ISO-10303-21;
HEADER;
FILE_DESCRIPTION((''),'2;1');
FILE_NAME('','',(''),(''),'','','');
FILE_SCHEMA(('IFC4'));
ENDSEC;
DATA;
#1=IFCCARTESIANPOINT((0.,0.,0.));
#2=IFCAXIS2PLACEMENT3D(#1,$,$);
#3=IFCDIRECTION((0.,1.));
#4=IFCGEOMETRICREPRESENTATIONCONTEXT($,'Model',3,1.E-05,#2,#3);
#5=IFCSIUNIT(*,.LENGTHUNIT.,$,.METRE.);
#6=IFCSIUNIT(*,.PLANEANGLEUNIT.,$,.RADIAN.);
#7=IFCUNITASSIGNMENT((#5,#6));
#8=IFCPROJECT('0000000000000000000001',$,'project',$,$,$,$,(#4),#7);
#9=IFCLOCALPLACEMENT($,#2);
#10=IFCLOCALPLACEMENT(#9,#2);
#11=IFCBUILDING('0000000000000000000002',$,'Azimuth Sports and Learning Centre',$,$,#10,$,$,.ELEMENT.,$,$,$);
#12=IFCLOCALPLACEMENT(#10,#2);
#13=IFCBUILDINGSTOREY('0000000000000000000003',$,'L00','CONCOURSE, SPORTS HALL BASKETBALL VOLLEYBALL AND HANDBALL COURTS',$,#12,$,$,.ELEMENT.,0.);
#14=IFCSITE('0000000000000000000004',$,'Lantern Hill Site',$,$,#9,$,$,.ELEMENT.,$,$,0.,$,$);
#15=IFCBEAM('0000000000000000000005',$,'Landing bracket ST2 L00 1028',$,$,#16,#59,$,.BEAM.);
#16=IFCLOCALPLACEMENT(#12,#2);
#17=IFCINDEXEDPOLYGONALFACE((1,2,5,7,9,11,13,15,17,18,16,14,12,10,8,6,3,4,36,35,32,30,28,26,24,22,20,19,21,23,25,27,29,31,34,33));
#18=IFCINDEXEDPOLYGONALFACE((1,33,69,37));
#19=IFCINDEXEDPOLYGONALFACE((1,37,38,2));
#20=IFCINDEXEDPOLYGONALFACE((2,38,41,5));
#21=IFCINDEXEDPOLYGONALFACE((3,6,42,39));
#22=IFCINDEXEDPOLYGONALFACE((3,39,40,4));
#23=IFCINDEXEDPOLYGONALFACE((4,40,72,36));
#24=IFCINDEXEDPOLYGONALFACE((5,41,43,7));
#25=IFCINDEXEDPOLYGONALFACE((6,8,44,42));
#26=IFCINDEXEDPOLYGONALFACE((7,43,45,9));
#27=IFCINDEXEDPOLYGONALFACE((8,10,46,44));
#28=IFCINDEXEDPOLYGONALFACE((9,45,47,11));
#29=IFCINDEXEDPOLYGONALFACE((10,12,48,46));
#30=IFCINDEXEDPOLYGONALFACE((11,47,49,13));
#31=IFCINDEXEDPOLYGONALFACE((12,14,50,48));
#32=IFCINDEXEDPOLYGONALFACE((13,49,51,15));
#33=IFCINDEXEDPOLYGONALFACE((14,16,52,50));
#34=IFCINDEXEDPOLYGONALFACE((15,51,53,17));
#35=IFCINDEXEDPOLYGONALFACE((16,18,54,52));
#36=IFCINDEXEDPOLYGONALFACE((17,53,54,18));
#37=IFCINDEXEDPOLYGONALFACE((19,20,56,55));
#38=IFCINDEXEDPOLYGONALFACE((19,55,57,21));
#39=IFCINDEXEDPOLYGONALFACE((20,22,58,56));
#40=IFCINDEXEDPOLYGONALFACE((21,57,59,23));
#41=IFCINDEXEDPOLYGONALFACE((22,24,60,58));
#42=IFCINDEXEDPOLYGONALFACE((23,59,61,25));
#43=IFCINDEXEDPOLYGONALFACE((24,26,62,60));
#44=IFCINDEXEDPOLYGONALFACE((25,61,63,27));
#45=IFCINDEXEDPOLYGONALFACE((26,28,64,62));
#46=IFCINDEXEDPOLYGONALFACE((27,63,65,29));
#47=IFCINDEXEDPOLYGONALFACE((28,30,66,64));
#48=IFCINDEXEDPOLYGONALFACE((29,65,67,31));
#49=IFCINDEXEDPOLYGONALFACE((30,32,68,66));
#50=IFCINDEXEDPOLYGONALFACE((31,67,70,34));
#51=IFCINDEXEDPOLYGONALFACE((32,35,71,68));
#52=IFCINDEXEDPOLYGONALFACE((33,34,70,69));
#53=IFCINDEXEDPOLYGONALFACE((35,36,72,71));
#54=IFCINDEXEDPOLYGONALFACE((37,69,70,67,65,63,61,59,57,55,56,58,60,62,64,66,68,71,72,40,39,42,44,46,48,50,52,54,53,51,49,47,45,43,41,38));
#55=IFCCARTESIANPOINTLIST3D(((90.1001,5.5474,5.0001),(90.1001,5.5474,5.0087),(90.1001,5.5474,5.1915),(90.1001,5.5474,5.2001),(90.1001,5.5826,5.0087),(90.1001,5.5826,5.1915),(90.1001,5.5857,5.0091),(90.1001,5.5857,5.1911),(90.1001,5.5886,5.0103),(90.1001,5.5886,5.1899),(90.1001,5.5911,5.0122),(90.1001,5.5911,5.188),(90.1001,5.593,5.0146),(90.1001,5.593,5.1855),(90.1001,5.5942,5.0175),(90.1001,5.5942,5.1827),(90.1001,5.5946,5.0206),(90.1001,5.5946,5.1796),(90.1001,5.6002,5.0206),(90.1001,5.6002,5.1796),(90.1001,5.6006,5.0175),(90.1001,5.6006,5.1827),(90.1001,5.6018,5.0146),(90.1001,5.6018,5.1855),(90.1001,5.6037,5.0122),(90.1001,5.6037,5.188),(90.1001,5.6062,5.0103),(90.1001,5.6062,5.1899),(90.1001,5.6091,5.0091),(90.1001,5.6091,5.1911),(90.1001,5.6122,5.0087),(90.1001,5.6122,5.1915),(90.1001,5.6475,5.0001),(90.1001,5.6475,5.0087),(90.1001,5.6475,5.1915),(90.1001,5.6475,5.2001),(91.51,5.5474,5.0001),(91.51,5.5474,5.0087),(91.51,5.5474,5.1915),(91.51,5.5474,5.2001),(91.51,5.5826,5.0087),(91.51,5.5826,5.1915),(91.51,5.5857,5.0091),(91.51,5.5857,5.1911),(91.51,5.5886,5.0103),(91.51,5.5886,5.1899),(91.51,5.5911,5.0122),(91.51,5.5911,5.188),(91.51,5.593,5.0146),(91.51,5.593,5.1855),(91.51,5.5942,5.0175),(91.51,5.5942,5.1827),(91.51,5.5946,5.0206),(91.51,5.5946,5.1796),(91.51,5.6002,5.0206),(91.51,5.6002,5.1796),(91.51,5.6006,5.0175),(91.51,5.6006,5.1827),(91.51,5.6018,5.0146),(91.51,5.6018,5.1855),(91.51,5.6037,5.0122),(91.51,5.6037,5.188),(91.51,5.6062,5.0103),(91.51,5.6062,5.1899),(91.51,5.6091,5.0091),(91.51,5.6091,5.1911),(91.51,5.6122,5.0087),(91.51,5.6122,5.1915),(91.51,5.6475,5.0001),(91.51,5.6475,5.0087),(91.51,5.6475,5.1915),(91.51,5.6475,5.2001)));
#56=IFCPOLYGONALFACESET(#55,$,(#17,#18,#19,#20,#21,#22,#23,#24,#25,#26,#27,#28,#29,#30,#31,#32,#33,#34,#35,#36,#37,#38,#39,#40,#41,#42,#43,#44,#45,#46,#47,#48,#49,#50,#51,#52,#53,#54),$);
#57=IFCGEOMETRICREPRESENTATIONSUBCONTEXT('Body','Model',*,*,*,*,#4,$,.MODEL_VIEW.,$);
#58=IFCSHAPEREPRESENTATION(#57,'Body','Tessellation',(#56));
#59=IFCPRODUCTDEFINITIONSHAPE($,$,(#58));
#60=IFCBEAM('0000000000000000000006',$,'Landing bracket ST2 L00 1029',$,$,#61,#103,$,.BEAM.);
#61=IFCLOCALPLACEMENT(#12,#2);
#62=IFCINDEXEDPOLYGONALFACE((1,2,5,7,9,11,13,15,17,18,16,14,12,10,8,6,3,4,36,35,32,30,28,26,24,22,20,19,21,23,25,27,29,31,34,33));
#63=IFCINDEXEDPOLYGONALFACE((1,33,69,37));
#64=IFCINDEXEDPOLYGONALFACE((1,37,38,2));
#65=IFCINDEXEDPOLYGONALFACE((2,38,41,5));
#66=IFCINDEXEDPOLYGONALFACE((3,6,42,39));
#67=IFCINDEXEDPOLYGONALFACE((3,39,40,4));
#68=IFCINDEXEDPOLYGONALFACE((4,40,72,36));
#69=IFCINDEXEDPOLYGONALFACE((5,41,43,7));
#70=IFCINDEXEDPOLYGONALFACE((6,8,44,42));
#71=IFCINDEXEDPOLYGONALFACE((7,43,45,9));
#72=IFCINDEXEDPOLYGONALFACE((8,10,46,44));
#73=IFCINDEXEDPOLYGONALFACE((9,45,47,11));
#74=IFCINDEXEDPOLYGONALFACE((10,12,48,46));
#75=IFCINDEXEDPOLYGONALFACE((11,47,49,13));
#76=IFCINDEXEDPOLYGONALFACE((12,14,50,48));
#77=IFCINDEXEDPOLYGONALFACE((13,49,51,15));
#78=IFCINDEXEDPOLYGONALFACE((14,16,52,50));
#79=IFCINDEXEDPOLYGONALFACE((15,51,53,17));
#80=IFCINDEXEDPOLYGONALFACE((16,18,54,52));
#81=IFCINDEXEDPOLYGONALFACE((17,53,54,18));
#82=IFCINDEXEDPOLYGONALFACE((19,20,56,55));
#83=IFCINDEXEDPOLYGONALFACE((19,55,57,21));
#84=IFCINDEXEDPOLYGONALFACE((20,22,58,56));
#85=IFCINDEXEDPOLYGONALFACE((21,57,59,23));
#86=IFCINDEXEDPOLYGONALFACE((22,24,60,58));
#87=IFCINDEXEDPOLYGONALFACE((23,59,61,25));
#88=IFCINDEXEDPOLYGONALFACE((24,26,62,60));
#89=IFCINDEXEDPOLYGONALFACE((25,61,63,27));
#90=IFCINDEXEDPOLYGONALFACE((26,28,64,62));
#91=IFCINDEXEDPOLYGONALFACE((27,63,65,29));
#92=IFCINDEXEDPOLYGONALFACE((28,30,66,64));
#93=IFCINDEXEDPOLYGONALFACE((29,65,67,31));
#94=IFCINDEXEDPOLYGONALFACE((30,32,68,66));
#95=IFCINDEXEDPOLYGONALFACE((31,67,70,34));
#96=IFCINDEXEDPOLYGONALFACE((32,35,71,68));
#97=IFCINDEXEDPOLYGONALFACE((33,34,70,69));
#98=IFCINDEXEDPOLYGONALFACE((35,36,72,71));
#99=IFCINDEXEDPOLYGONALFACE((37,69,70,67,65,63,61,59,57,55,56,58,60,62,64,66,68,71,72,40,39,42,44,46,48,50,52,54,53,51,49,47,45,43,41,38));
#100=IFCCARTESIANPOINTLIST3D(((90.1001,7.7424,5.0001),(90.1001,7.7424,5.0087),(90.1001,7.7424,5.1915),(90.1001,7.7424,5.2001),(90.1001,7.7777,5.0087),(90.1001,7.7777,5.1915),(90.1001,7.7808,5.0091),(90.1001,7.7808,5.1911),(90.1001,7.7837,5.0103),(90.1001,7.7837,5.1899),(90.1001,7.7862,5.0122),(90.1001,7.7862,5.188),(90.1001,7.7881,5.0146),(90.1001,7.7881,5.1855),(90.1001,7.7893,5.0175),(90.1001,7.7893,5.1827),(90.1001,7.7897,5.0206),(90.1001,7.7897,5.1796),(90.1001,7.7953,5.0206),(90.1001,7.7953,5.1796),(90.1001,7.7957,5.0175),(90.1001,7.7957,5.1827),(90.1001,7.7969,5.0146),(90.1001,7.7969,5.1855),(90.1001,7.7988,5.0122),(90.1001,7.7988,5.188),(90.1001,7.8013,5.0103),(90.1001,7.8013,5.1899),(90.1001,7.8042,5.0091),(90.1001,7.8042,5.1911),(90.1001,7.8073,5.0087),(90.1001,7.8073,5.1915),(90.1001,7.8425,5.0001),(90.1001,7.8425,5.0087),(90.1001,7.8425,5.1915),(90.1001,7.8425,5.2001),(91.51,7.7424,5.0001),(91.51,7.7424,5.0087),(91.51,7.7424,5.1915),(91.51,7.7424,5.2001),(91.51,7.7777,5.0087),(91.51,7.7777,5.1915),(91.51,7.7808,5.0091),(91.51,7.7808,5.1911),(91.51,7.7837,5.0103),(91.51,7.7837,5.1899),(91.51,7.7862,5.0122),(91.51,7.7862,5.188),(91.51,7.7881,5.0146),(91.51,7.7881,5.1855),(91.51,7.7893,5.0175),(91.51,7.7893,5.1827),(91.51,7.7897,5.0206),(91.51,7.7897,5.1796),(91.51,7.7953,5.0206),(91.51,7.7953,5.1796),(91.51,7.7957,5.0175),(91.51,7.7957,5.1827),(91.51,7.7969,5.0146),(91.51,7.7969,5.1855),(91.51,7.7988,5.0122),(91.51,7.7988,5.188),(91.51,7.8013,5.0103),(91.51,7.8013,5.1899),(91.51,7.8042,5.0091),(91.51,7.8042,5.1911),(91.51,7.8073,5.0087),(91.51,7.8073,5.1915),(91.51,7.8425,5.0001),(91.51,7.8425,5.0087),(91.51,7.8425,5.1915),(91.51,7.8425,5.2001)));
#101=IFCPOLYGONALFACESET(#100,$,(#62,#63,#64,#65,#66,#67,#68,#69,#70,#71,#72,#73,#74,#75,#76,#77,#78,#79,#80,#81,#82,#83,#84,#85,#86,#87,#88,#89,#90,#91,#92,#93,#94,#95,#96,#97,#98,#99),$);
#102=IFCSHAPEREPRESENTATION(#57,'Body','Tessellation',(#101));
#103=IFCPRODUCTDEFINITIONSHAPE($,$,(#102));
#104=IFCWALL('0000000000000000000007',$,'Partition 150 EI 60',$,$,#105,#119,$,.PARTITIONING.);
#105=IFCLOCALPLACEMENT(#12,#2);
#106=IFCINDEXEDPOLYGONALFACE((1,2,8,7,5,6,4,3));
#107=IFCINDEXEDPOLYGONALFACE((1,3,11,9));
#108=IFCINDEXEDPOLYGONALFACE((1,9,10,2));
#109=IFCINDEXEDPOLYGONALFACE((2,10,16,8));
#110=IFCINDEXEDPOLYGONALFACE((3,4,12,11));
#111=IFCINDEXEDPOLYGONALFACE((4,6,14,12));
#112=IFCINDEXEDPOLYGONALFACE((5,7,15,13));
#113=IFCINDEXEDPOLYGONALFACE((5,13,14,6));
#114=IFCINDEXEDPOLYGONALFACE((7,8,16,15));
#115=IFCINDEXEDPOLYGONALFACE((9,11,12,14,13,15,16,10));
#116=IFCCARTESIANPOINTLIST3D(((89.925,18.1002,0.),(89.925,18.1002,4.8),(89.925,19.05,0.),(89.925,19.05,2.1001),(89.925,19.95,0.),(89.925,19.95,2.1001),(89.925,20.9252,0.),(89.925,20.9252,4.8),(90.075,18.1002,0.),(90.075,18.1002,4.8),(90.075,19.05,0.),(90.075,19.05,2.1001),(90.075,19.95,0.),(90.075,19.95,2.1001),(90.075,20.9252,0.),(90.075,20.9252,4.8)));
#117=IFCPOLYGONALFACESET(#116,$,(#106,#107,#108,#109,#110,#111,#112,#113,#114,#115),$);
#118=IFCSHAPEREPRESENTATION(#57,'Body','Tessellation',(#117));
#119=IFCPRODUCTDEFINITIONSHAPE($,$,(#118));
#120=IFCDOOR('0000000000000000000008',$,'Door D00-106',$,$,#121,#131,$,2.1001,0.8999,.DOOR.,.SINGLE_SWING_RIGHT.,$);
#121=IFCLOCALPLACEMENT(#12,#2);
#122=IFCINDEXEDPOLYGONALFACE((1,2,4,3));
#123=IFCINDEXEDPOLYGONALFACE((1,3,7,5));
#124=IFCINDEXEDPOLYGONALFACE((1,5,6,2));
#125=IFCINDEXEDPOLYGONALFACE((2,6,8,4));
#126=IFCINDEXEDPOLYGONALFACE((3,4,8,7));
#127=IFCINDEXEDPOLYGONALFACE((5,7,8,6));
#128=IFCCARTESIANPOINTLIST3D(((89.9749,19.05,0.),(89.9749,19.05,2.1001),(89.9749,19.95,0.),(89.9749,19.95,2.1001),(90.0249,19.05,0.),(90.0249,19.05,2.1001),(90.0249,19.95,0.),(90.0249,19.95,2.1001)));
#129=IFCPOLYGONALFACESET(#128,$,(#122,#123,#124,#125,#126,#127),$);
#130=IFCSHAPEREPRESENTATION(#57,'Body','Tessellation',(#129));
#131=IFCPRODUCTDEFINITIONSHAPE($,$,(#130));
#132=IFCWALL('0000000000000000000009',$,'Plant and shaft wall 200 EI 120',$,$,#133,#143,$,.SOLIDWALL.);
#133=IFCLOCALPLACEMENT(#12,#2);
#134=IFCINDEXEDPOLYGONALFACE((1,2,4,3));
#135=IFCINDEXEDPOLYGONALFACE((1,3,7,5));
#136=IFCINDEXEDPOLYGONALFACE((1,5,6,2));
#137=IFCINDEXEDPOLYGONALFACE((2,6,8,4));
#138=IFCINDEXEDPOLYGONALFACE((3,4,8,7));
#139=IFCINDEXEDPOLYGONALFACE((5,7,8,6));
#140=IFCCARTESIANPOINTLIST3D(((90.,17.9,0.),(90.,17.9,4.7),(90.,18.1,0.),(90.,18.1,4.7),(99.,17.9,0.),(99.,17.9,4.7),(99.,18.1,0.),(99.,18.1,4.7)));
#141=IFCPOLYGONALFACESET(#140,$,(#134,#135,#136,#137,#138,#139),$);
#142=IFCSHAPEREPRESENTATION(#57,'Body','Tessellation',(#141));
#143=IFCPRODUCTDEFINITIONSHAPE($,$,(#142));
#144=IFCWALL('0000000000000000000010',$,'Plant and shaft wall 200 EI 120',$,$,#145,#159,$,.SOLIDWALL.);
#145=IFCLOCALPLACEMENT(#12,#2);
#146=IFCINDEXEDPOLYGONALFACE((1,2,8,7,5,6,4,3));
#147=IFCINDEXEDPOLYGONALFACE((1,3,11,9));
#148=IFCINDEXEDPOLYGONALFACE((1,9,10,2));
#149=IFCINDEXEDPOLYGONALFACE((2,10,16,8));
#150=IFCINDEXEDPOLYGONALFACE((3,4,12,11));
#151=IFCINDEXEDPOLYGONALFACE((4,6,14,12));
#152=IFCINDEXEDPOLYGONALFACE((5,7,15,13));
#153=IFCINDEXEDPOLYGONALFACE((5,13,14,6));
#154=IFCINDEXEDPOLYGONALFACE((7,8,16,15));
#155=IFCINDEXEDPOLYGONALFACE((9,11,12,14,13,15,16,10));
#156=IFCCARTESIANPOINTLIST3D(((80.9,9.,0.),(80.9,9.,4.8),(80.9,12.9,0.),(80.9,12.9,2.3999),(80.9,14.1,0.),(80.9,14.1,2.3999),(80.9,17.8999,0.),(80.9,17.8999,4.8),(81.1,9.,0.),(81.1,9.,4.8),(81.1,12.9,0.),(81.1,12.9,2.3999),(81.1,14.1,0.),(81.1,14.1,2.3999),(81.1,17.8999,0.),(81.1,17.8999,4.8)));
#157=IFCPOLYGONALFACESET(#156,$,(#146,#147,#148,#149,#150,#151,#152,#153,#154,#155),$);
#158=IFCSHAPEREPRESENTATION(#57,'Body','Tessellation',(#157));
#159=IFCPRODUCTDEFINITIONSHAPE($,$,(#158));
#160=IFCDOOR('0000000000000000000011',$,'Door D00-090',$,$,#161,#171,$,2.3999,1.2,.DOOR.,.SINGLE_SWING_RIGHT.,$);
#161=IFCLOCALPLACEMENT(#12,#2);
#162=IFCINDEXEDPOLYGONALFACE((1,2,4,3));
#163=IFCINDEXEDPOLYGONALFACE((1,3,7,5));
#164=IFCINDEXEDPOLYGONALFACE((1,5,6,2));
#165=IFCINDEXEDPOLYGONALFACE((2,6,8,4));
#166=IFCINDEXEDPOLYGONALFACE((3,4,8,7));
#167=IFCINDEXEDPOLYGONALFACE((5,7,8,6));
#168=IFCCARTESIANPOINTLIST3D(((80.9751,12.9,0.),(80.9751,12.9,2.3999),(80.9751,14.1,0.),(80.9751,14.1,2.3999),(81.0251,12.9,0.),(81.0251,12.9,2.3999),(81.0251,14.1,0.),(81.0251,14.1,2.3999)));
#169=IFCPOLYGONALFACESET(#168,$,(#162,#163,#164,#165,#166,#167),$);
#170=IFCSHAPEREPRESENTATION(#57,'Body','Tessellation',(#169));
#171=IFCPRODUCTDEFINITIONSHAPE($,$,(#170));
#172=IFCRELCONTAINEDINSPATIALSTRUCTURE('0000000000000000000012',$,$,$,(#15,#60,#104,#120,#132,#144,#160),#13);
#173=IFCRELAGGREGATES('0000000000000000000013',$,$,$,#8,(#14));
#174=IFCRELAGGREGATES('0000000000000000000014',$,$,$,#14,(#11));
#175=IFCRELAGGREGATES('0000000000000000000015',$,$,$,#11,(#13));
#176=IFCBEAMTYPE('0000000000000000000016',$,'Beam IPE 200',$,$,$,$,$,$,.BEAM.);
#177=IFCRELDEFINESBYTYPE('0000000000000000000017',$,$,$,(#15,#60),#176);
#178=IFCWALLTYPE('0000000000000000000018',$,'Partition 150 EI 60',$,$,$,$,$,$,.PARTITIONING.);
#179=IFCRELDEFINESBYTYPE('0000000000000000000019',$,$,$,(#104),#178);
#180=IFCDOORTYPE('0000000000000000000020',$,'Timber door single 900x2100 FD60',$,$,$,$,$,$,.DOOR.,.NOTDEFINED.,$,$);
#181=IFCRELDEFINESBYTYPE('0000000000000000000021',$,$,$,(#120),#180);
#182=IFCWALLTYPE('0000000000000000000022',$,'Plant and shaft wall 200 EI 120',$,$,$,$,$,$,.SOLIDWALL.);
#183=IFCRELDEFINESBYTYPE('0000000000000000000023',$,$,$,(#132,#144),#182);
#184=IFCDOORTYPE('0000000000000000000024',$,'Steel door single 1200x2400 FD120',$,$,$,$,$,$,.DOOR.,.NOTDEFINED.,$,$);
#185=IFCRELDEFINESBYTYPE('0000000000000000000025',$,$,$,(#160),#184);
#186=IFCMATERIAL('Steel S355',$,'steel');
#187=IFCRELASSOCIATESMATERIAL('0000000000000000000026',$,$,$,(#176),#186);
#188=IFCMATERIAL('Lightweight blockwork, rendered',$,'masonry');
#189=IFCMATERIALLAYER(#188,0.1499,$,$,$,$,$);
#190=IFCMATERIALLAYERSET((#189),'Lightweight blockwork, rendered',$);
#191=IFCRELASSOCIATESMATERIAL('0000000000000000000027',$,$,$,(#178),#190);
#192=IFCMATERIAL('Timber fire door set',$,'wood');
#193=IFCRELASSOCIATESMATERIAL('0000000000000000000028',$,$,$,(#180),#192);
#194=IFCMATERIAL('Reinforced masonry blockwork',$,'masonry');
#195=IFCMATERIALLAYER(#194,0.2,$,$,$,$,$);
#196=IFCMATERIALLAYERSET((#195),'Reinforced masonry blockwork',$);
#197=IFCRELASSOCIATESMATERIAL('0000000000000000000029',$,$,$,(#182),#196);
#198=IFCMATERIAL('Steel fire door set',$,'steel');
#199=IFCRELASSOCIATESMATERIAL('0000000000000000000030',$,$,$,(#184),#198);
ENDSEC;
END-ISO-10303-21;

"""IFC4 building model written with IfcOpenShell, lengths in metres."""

from ifc_helpers import new_model, si_unit, direction, frame, frame_2d, origin, origin_2d, place, context, subcontext, project, spatial, rectangle, i_section, extrude, material, layer, layer_set, material_profile, profile_set, type_object, element, fill, save


model = new_model("IFC4")

# Units and contexts
model_context = context("Model", 3, precision=1e-05, world=origin(), true_north=direction((0.0, 1.0)))
body_context = subcontext(model_context, "Body", "Model", "MODEL_VIEW")
ifc_project = project(units=[si_unit("LENGTHUNIT", "METRE"), si_unit("PLANEANGLEUNIT", "RADIAN")], contexts=[model_context])

# Site, building, storey
site_placement = place(None, origin())
site = spatial("IfcSite", under=ifc_project, at=site_placement, Name="Lantern Hill Site", CompositionType="ELEMENT", RefElevation=0.0)
building_placement = place(site_placement, origin())
building = spatial("IfcBuilding", under=site, at=building_placement, Name="Azimuth Sports and Learning Centre", CompositionType="ELEMENT")
storey_placement = place(building_placement, origin())
storey = spatial("IfcBuildingStorey", under=building, at=storey_placement, Name="L00", Description="CONCOURSE, SPORTS HALL BASKETBALL VOLLEYBALL AND HANDBALL COURTS", CompositionType="ELEMENT", Elevation=0.0)

# Beams
ifc_material_1 = material(Name="Steel S355", Category="steel")
ifc_material_profile_1 = material_profile(ifc_material_1, i_section(OverallWidth=0.1001, OverallDepth=0.2, WebThickness=0.0056, FlangeThickness=0.0085, FilletRadius=0.012, at=origin_2d()), Name="IPE 200")
ifc_profile_set_1 = profile_set([ifc_material_profile_1], Name="Steel S355")
beam_type = type_object("IfcBeamType", Name="Beam IPE 200", PredefinedType="BEAM", material=ifc_profile_set_1)
for number, where, z_axis, x_axis, name in (
    (1, (90.1001, 5.5974, 5.1001), (1.0, 0.0, 0.0), (0.0, 1.0, 0.0), "Landing bracket ST2 L00 1028"),
    (2, (90.1001, 7.7925, 5.1001), (1.0, 0.0, 0.0), (0.0, 1.0, 0.0), "Landing bracket ST2 L00 1029"),
):
    element("IfcBeam", number, at=place(storey_placement, frame(where, z_axis=z_axis, x_axis=x_axis)), inside=storey, type_object=beam_type, Name=name, PredefinedType="BEAM", context=body_context, shape_type="SweptSolid", body=[
        extrude(i_section(OverallWidth=0.1001, OverallDepth=0.2, WebThickness=0.0056, FlangeThickness=0.0085, FilletRadius=0.012, at=origin_2d()), origin(), (0.0, 0.0, 1.0), 1.4099),
    ])

# Wall, opening, door
ifc_material_2 = material(Name="Lightweight blockwork, rendered", Category="masonry")
ifc_layer_1 = layer(ifc_material_2, 0.1499)
ifc_layer_set_1 = layer_set([ifc_layer_1], Name="Lightweight blockwork, rendered")
wall_type_1 = type_object("IfcWallType", Name="Partition 150 EI 60", PredefinedType="PARTITIONING", material=ifc_layer_set_1)
wall_1_placement = place(storey_placement, frame((90.0, 18.1001, 0.0), z_axis=(0.0, 0.0, 1.0), x_axis=(0.0, 1.0, 0.0)))
wall_1 = element("IfcWall", 3, at=wall_1_placement, inside=storey, type_object=wall_type_1, Name="Partition 150 EI 60", PredefinedType="PARTITIONING", context=body_context, shape_type="SweptSolid", body=[
    extrude(rectangle(XDim=2.825, YDim=0.1499, at=frame_2d((1.4126, 0.0))), origin(), (0.0, 0.0, 1.0), 4.8),
])
opening_1_placement = place(wall_1_placement, frame((0.95, 0.0, 0.0)))
opening_1 = element("IfcOpeningElement", 4, at=opening_1_placement, cuts=wall_1, PredefinedType="OPENING", context=body_context, shape_type="SweptSolid", body=[
    extrude(rectangle(XDim=0.8999, YDim=2.1001, at=frame_2d((0.45, 1.05))), frame((0.0, 0.0859, 0.0), z_axis=(0.0, -1.0, 0.0), x_axis=(1.0, 0.0, 0.0)), (0.0, 0.0, 1.0), 0.1719),
])
ifc_material_3 = material(Name="Timber fire door set", Category="wood")
door_type_1 = type_object("IfcDoorType", Name="Timber door single 900x2100 FD60", OperationType="NOTDEFINED", PredefinedType="DOOR", material=ifc_material_3)
door_1_placement = place(opening_1_placement, frame((0.8999, 0.0, 0.0), z_axis=(0.0, 0.0, 1.0), x_axis=(-1.0, 0.0, 0.0)))
door_1 = element("IfcDoor", 5, at=door_1_placement, inside=storey, type_object=door_type_1, Name="Door D00-106", OperationType="SINGLE_SWING_RIGHT", OverallHeight=2.1001, OverallWidth=0.8999, PredefinedType="DOOR", context=body_context, shape_type="SweptSolid", body=[
    extrude(rectangle(XDim=0.8999, YDim=2.1001, at=frame_2d((0.45, 1.05))), frame((0.0, 0.0249, 0.0), z_axis=(0.0, -1.0, 0.0), x_axis=(1.0, 0.0, 0.0)), (0.0, 0.0, 1.0), 0.05),
])
fill(opening_1, door_1)

# Wall
ifc_material_4 = material(Name="Reinforced masonry blockwork", Category="masonry")
ifc_layer_2 = layer(ifc_material_4, 0.2)
ifc_layer_set_2 = layer_set([ifc_layer_2], Name="Reinforced masonry blockwork")
wall_type_2 = type_object("IfcWallType", Name="Plant and shaft wall 200 EI 120", PredefinedType="SOLIDWALL", material=ifc_layer_set_2)
wall_2_placement = place(storey_placement, frame((90.0, 18.0, 0.0), z_axis=(0.0, 0.0, 1.0), x_axis=(1.0, 0.0, 0.0)))
element("IfcWall", 6, at=wall_2_placement, inside=storey, type_object=wall_type_2, Name="Plant and shaft wall 200 EI 120", PredefinedType="SOLIDWALL", context=body_context, shape_type="SweptSolid", body=[
    extrude(rectangle(XDim=9.0, YDim=0.2, at=frame_2d((4.5, 0.0))), origin(), (0.0, 0.0, 1.0), 4.7),
])

# Wall, opening, door
wall_3_placement = place(storey_placement, frame((81.0, 9.0, 0.0), z_axis=(0.0, 0.0, 1.0), x_axis=(0.0, 1.0, 0.0)))
wall_3 = element("IfcWall", 7, at=wall_3_placement, inside=storey, type_object=wall_type_2, Name="Plant and shaft wall 200 EI 120", PredefinedType="SOLIDWALL", context=body_context, shape_type="SweptSolid", body=[
    extrude(rectangle(XDim=8.8999, YDim=0.2, at=frame_2d((4.45, 0.0))), origin(), (0.0, 0.0, 1.0), 4.8),
])
opening_2_placement = place(wall_3_placement, frame((3.8999, 0.0, 0.0)))
opening_2 = element("IfcOpeningElement", 8, at=opening_2_placement, cuts=wall_3, PredefinedType="OPENING", context=body_context, shape_type="SweptSolid", body=[
    extrude(rectangle(XDim=1.2, YDim=2.3999, at=frame_2d((0.6001, 1.2))), frame((0.0, 0.1108, 0.0), z_axis=(0.0, -1.0, 0.0), x_axis=(1.0, 0.0, 0.0)), (0.0, 0.0, 1.0), 0.2219),
])
ifc_material_5 = material(Name="Steel fire door set", Category="steel")
door_type_2 = type_object("IfcDoorType", Name="Steel door single 1200x2400 FD120", OperationType="NOTDEFINED", PredefinedType="DOOR", material=ifc_material_5)
door_2_placement = place(opening_2_placement, origin())
door_2 = element("IfcDoor", 9, at=door_2_placement, inside=storey, type_object=door_type_2, Name="Door D00-090", OperationType="SINGLE_SWING_RIGHT", OverallHeight=2.3999, OverallWidth=1.2, PredefinedType="DOOR", context=body_context, shape_type="SweptSolid", body=[
    extrude(rectangle(XDim=1.2, YDim=2.3999, at=frame_2d((0.6001, 1.2))), frame((0.0, 0.0249, 0.0), z_axis=(0.0, -1.0, 0.0), x_axis=(1.0, 0.0, 0.0)), (0.0, 0.0, 1.0), 0.05),
])
fill(opening_2, door_2)

save(model, "model.ifc")
